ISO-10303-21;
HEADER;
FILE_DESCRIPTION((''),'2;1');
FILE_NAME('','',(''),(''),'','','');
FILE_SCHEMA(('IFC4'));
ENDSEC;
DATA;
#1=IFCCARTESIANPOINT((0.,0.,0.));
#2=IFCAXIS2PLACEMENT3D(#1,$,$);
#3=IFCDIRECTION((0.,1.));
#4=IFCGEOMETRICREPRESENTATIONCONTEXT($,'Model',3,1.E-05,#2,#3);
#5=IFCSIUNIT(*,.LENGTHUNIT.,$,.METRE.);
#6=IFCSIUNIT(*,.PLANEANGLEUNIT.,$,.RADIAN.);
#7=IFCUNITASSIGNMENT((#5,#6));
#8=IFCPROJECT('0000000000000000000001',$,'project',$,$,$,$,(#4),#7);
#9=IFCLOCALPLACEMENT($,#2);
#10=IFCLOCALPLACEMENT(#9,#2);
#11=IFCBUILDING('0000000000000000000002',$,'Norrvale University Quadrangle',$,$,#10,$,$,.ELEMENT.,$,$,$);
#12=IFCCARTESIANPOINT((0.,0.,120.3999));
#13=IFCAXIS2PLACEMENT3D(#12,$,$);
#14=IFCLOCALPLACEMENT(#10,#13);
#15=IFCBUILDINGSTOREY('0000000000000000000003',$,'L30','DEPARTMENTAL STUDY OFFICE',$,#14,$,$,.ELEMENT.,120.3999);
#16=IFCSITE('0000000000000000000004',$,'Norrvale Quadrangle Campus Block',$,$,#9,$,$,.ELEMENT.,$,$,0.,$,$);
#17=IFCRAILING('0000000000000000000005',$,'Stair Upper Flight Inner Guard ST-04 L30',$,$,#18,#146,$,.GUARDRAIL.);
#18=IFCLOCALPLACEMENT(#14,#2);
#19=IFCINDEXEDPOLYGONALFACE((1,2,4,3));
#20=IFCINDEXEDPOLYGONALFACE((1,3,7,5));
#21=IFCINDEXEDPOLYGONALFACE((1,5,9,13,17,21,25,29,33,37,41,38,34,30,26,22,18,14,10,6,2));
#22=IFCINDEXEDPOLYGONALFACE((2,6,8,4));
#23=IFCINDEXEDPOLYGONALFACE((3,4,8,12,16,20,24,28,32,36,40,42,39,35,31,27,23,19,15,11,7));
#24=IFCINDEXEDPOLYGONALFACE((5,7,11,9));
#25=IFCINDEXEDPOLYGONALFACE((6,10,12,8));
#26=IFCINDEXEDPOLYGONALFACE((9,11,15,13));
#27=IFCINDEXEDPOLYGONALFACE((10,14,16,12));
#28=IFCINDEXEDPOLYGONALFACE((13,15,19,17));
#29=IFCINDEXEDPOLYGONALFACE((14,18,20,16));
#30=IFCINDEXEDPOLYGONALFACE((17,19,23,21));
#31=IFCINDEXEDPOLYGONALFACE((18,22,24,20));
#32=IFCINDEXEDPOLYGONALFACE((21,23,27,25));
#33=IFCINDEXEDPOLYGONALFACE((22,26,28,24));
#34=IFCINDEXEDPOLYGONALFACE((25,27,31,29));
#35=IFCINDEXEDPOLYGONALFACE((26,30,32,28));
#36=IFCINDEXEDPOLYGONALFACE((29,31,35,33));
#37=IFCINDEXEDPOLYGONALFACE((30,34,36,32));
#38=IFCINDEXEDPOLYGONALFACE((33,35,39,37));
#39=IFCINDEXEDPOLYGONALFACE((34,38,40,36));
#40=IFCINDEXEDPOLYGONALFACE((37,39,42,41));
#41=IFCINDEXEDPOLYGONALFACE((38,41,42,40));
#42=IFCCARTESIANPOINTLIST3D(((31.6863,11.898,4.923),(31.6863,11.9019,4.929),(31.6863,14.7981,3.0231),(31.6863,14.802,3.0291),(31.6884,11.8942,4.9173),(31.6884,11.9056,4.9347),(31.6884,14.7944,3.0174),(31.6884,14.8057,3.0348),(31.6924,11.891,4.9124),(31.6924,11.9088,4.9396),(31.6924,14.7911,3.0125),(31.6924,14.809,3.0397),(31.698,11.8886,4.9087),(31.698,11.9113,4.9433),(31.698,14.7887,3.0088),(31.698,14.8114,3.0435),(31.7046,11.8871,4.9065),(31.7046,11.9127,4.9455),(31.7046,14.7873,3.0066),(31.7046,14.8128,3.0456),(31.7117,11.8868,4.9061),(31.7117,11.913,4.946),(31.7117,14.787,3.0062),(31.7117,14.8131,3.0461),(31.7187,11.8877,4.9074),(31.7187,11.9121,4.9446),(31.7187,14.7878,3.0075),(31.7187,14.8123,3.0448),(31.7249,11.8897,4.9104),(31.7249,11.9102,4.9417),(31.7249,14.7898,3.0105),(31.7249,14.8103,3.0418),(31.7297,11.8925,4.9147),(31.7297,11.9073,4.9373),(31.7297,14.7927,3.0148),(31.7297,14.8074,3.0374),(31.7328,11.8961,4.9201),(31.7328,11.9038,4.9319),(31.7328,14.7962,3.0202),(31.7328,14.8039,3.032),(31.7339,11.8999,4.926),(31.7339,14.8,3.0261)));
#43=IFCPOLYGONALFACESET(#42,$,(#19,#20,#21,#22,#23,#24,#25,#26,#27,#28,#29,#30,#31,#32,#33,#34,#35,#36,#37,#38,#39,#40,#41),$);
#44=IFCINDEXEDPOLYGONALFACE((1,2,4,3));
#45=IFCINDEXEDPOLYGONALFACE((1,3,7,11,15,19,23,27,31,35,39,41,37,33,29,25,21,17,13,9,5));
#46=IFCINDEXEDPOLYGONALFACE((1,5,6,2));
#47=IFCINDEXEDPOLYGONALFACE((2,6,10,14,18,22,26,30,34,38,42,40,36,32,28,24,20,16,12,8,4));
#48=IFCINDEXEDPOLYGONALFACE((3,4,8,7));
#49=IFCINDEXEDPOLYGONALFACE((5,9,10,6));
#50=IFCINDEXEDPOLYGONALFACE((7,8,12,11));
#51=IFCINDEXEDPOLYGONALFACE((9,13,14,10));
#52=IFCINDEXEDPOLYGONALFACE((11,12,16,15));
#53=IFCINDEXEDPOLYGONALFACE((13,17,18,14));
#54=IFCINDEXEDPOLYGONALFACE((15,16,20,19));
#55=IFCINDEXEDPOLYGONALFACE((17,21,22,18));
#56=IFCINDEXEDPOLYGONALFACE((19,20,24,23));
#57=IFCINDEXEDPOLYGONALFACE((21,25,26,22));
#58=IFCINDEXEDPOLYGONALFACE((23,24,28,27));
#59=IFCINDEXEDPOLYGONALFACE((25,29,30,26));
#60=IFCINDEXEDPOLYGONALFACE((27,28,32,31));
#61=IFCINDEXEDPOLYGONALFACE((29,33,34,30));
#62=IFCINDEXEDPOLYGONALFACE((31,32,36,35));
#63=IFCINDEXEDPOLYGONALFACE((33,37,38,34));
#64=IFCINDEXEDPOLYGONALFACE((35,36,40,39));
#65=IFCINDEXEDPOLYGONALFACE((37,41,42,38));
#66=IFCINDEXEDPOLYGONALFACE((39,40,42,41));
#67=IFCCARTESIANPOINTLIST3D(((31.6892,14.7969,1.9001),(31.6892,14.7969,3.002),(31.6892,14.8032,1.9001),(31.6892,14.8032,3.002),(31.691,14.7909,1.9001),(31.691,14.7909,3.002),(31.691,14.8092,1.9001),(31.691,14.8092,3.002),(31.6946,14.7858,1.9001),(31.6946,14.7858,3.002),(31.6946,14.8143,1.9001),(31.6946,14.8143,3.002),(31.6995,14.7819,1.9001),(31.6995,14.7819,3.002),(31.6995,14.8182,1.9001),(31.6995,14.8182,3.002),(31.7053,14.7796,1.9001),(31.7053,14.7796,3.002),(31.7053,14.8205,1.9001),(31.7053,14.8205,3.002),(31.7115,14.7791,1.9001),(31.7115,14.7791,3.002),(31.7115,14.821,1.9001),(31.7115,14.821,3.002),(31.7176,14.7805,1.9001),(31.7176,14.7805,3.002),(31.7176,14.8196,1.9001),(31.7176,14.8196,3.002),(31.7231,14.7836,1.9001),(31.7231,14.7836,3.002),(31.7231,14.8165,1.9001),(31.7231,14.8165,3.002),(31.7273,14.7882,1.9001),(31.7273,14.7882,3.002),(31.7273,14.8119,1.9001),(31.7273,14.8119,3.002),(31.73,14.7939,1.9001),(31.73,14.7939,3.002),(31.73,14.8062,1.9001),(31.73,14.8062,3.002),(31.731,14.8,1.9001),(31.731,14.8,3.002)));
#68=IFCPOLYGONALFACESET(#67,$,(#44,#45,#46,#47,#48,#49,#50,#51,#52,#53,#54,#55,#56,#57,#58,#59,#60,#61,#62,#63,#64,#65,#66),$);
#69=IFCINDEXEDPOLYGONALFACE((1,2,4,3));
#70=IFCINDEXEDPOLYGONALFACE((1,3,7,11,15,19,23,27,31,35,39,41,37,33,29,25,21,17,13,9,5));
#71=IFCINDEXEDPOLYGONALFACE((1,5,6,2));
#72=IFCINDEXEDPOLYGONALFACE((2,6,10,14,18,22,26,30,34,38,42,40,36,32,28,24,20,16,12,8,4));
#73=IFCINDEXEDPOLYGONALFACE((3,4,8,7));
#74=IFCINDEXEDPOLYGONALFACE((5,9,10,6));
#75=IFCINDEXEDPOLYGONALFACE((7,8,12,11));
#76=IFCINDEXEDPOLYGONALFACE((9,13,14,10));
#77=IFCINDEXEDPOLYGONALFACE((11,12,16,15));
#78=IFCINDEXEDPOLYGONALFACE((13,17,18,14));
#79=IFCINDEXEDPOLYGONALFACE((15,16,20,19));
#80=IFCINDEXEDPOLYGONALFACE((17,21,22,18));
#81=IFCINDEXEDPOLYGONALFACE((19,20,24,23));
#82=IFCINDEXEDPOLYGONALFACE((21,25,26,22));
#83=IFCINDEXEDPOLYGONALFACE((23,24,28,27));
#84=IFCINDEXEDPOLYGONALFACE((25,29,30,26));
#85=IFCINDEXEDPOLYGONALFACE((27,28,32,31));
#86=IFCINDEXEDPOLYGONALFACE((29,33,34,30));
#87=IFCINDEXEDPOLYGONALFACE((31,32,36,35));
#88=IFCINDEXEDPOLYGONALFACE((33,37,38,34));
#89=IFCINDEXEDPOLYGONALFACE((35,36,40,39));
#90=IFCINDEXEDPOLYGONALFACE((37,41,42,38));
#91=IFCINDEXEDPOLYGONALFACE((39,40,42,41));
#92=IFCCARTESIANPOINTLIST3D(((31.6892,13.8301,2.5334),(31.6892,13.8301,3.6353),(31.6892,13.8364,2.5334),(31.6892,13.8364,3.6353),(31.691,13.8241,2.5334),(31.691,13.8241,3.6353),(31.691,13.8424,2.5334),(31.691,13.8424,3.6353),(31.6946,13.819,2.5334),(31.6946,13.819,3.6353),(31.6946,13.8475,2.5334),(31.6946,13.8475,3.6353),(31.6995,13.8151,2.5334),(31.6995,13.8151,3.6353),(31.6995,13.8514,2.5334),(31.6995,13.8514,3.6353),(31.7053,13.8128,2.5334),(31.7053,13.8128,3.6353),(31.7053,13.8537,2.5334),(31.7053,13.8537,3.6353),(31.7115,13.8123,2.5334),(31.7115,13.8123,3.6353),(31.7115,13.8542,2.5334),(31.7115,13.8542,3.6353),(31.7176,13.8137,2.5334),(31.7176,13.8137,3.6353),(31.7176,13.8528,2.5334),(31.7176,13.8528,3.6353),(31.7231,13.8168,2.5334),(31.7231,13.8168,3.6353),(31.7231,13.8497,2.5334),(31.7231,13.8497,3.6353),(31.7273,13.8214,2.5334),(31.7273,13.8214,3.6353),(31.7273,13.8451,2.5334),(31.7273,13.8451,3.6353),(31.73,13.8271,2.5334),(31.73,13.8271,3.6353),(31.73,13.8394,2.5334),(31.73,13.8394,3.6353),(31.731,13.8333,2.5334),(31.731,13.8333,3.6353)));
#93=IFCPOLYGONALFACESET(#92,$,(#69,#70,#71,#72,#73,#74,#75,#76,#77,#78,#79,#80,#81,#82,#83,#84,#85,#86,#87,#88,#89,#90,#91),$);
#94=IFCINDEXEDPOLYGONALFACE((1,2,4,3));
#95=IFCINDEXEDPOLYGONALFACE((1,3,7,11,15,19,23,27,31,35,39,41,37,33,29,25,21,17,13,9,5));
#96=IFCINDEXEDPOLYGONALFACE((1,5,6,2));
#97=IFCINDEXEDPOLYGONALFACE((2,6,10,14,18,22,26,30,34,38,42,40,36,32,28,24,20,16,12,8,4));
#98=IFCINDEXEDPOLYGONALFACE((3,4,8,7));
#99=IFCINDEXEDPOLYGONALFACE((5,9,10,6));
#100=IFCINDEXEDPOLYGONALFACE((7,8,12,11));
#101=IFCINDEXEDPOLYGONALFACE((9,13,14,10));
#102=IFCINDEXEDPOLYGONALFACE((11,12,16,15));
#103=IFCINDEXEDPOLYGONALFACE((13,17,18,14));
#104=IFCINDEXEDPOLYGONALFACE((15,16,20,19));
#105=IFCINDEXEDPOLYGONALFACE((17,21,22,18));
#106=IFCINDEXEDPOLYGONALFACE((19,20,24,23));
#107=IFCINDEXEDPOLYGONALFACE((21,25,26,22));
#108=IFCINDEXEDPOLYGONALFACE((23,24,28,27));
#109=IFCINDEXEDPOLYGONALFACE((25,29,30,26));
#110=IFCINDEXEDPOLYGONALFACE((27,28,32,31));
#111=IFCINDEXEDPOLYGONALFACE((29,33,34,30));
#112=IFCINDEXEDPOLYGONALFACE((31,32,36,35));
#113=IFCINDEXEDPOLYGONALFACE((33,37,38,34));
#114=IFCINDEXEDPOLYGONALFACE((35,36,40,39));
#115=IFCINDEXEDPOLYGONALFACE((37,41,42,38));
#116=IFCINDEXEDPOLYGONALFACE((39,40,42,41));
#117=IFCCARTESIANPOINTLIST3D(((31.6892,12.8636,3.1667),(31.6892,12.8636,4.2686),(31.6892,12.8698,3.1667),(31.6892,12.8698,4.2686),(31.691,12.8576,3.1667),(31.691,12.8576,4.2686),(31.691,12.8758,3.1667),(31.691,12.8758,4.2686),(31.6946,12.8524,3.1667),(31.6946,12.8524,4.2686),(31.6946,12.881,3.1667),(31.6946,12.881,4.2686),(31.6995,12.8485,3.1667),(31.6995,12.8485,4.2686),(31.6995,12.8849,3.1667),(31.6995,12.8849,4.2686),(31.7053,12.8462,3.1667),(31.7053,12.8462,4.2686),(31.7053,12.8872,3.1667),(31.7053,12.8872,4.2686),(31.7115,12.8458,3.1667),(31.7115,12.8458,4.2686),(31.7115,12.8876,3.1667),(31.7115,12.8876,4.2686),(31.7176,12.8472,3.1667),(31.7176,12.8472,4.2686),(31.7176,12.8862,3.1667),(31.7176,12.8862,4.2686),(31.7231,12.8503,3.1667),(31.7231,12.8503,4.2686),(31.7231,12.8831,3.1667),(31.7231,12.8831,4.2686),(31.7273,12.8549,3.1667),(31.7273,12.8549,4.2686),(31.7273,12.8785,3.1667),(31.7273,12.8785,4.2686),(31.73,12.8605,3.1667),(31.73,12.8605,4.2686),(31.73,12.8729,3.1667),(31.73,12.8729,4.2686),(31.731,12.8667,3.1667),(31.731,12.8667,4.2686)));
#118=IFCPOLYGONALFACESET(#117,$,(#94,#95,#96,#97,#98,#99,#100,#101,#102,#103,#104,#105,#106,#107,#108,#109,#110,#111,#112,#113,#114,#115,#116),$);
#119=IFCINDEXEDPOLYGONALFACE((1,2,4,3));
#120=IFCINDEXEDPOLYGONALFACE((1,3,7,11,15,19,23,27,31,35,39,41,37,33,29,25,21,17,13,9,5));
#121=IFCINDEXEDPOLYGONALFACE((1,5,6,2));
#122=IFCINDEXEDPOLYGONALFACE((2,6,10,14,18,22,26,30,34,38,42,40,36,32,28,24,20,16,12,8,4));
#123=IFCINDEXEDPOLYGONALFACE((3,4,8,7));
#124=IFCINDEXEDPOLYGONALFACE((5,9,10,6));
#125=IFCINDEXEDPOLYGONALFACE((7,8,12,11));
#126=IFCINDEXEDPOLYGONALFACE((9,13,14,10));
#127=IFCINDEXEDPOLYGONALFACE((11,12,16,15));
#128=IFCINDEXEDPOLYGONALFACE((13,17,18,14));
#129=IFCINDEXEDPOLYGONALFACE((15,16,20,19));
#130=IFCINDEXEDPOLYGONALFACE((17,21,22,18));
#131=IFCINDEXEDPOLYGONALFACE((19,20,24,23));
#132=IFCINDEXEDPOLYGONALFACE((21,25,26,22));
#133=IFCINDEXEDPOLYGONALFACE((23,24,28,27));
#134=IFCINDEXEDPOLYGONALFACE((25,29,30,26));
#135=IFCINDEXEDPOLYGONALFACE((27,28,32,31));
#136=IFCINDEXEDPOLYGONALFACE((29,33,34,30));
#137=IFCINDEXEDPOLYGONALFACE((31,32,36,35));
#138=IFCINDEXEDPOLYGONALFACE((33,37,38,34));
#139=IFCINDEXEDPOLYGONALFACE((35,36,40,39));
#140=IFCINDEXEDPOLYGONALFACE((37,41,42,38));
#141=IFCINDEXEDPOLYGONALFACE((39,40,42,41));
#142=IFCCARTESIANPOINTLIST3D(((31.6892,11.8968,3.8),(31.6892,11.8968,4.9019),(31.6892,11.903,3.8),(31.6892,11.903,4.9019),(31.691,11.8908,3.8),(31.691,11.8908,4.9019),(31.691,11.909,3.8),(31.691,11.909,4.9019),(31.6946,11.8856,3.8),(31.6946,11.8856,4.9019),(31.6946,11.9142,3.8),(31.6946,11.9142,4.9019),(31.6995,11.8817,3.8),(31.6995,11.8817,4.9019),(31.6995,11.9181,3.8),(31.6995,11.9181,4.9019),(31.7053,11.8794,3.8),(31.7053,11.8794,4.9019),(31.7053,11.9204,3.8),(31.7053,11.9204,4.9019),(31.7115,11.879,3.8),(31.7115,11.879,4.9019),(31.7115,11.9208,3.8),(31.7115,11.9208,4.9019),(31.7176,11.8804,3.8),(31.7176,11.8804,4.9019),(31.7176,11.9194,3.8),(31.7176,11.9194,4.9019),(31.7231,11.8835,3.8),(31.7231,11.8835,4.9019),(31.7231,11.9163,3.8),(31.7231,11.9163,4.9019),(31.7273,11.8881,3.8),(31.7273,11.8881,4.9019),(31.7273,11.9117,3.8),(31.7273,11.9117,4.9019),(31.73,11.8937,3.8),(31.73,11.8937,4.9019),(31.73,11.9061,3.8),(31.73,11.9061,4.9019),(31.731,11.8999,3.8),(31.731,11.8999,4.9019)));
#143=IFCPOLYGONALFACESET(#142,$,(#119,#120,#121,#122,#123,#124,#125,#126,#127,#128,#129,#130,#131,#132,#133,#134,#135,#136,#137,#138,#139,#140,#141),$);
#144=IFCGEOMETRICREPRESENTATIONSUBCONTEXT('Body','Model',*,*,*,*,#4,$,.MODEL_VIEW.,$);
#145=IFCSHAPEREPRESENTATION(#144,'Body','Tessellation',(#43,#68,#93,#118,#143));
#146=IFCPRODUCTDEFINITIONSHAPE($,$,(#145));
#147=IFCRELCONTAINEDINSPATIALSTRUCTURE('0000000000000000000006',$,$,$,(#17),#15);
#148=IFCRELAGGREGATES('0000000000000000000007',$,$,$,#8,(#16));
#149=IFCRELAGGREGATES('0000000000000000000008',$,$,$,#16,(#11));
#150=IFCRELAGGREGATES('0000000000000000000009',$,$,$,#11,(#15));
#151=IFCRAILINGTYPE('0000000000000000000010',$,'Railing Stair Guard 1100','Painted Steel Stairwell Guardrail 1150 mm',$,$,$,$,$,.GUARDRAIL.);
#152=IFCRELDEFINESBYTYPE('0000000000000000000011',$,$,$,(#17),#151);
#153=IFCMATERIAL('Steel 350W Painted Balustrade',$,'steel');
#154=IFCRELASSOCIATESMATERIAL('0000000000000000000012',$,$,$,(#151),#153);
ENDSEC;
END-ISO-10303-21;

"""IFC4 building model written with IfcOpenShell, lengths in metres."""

from ifc_helpers import new_model, si_unit, direction, frame, origin, origin_2d, place, context, subcontext, project, spatial, circle, extrude, material, type_object, element, save


model = new_model("IFC4")

# Units and contexts
model_context = context("Model", 3, precision=1e-05, world=origin(), true_north=direction((0.0, 1.0)))
body_context = subcontext(model_context, "Body", "Model", "MODEL_VIEW")
ifc_project = project(units=[si_unit("LENGTHUNIT", "METRE"), si_unit("PLANEANGLEUNIT", "RADIAN")], contexts=[model_context])

# Site, building, storey
site_placement = place(None, origin())
site = spatial("IfcSite", under=ifc_project, at=site_placement, Name="Norrvale Quadrangle Campus Block", CompositionType="ELEMENT", RefElevation=0.0)
building_placement = place(site_placement, origin())
building = spatial("IfcBuilding", under=site, at=building_placement, Name="Norrvale University Quadrangle", CompositionType="ELEMENT")
storey_placement = place(building_placement, frame((0.0, 0.0, 120.3999)))
storey = spatial("IfcBuildingStorey", under=building, at=storey_placement, Name="L30", Description="DEPARTMENTAL STUDY OFFICE", CompositionType="ELEMENT", Elevation=120.3999)

# Railing
ifc_material_1 = material(Name="Steel 350W Painted Balustrade", Category="steel")
railing_type_1 = type_object("IfcRailingType", Name="Railing Stair Guard 1100", Description="Painted Steel Stairwell Guardrail 1150 mm", PredefinedType="GUARDRAIL", material=ifc_material_1)
railing_1_placement = place(storey_placement, frame((31.71, 14.8, 1.9001)))
element("IfcRailing", 1, at=railing_1_placement, inside=storey, type_object=railing_type_1, Name="Stair Upper Flight Inner Guard ST-04 L30", PredefinedType="GUARDRAIL", context=body_context, shape_type="SweptSolid", body=[
    extrude(circle(Radius=0.0239, at=origin_2d()), frame((0.0, 0.0, 1.126), z_axis=(0.0, -0.836487, 0.547987), x_axis=(1.0, 0.0, 0.0)), (0.0, 0.0, 1.0), 3.467),
    extrude(circle(Radius=0.021, at=origin_2d()), origin(), (0.0, 0.0, 1.0), 1.1018),
    extrude(circle(Radius=0.021, at=origin_2d()), frame((0.0, -0.9668, 0.6333)), (0.0, 0.0, 1.0), 1.1018),
    extrude(circle(Radius=0.021, at=origin_2d()), frame((0.0, -1.9333, 1.2666)), (0.0, 0.0, 1.0), 1.1018),
    extrude(circle(Radius=0.021, at=origin_2d()), frame((0.0, -2.9001, 1.8999)), (0.0, 0.0, 1.0), 1.1018),
])

save(model, "model.ifc")
